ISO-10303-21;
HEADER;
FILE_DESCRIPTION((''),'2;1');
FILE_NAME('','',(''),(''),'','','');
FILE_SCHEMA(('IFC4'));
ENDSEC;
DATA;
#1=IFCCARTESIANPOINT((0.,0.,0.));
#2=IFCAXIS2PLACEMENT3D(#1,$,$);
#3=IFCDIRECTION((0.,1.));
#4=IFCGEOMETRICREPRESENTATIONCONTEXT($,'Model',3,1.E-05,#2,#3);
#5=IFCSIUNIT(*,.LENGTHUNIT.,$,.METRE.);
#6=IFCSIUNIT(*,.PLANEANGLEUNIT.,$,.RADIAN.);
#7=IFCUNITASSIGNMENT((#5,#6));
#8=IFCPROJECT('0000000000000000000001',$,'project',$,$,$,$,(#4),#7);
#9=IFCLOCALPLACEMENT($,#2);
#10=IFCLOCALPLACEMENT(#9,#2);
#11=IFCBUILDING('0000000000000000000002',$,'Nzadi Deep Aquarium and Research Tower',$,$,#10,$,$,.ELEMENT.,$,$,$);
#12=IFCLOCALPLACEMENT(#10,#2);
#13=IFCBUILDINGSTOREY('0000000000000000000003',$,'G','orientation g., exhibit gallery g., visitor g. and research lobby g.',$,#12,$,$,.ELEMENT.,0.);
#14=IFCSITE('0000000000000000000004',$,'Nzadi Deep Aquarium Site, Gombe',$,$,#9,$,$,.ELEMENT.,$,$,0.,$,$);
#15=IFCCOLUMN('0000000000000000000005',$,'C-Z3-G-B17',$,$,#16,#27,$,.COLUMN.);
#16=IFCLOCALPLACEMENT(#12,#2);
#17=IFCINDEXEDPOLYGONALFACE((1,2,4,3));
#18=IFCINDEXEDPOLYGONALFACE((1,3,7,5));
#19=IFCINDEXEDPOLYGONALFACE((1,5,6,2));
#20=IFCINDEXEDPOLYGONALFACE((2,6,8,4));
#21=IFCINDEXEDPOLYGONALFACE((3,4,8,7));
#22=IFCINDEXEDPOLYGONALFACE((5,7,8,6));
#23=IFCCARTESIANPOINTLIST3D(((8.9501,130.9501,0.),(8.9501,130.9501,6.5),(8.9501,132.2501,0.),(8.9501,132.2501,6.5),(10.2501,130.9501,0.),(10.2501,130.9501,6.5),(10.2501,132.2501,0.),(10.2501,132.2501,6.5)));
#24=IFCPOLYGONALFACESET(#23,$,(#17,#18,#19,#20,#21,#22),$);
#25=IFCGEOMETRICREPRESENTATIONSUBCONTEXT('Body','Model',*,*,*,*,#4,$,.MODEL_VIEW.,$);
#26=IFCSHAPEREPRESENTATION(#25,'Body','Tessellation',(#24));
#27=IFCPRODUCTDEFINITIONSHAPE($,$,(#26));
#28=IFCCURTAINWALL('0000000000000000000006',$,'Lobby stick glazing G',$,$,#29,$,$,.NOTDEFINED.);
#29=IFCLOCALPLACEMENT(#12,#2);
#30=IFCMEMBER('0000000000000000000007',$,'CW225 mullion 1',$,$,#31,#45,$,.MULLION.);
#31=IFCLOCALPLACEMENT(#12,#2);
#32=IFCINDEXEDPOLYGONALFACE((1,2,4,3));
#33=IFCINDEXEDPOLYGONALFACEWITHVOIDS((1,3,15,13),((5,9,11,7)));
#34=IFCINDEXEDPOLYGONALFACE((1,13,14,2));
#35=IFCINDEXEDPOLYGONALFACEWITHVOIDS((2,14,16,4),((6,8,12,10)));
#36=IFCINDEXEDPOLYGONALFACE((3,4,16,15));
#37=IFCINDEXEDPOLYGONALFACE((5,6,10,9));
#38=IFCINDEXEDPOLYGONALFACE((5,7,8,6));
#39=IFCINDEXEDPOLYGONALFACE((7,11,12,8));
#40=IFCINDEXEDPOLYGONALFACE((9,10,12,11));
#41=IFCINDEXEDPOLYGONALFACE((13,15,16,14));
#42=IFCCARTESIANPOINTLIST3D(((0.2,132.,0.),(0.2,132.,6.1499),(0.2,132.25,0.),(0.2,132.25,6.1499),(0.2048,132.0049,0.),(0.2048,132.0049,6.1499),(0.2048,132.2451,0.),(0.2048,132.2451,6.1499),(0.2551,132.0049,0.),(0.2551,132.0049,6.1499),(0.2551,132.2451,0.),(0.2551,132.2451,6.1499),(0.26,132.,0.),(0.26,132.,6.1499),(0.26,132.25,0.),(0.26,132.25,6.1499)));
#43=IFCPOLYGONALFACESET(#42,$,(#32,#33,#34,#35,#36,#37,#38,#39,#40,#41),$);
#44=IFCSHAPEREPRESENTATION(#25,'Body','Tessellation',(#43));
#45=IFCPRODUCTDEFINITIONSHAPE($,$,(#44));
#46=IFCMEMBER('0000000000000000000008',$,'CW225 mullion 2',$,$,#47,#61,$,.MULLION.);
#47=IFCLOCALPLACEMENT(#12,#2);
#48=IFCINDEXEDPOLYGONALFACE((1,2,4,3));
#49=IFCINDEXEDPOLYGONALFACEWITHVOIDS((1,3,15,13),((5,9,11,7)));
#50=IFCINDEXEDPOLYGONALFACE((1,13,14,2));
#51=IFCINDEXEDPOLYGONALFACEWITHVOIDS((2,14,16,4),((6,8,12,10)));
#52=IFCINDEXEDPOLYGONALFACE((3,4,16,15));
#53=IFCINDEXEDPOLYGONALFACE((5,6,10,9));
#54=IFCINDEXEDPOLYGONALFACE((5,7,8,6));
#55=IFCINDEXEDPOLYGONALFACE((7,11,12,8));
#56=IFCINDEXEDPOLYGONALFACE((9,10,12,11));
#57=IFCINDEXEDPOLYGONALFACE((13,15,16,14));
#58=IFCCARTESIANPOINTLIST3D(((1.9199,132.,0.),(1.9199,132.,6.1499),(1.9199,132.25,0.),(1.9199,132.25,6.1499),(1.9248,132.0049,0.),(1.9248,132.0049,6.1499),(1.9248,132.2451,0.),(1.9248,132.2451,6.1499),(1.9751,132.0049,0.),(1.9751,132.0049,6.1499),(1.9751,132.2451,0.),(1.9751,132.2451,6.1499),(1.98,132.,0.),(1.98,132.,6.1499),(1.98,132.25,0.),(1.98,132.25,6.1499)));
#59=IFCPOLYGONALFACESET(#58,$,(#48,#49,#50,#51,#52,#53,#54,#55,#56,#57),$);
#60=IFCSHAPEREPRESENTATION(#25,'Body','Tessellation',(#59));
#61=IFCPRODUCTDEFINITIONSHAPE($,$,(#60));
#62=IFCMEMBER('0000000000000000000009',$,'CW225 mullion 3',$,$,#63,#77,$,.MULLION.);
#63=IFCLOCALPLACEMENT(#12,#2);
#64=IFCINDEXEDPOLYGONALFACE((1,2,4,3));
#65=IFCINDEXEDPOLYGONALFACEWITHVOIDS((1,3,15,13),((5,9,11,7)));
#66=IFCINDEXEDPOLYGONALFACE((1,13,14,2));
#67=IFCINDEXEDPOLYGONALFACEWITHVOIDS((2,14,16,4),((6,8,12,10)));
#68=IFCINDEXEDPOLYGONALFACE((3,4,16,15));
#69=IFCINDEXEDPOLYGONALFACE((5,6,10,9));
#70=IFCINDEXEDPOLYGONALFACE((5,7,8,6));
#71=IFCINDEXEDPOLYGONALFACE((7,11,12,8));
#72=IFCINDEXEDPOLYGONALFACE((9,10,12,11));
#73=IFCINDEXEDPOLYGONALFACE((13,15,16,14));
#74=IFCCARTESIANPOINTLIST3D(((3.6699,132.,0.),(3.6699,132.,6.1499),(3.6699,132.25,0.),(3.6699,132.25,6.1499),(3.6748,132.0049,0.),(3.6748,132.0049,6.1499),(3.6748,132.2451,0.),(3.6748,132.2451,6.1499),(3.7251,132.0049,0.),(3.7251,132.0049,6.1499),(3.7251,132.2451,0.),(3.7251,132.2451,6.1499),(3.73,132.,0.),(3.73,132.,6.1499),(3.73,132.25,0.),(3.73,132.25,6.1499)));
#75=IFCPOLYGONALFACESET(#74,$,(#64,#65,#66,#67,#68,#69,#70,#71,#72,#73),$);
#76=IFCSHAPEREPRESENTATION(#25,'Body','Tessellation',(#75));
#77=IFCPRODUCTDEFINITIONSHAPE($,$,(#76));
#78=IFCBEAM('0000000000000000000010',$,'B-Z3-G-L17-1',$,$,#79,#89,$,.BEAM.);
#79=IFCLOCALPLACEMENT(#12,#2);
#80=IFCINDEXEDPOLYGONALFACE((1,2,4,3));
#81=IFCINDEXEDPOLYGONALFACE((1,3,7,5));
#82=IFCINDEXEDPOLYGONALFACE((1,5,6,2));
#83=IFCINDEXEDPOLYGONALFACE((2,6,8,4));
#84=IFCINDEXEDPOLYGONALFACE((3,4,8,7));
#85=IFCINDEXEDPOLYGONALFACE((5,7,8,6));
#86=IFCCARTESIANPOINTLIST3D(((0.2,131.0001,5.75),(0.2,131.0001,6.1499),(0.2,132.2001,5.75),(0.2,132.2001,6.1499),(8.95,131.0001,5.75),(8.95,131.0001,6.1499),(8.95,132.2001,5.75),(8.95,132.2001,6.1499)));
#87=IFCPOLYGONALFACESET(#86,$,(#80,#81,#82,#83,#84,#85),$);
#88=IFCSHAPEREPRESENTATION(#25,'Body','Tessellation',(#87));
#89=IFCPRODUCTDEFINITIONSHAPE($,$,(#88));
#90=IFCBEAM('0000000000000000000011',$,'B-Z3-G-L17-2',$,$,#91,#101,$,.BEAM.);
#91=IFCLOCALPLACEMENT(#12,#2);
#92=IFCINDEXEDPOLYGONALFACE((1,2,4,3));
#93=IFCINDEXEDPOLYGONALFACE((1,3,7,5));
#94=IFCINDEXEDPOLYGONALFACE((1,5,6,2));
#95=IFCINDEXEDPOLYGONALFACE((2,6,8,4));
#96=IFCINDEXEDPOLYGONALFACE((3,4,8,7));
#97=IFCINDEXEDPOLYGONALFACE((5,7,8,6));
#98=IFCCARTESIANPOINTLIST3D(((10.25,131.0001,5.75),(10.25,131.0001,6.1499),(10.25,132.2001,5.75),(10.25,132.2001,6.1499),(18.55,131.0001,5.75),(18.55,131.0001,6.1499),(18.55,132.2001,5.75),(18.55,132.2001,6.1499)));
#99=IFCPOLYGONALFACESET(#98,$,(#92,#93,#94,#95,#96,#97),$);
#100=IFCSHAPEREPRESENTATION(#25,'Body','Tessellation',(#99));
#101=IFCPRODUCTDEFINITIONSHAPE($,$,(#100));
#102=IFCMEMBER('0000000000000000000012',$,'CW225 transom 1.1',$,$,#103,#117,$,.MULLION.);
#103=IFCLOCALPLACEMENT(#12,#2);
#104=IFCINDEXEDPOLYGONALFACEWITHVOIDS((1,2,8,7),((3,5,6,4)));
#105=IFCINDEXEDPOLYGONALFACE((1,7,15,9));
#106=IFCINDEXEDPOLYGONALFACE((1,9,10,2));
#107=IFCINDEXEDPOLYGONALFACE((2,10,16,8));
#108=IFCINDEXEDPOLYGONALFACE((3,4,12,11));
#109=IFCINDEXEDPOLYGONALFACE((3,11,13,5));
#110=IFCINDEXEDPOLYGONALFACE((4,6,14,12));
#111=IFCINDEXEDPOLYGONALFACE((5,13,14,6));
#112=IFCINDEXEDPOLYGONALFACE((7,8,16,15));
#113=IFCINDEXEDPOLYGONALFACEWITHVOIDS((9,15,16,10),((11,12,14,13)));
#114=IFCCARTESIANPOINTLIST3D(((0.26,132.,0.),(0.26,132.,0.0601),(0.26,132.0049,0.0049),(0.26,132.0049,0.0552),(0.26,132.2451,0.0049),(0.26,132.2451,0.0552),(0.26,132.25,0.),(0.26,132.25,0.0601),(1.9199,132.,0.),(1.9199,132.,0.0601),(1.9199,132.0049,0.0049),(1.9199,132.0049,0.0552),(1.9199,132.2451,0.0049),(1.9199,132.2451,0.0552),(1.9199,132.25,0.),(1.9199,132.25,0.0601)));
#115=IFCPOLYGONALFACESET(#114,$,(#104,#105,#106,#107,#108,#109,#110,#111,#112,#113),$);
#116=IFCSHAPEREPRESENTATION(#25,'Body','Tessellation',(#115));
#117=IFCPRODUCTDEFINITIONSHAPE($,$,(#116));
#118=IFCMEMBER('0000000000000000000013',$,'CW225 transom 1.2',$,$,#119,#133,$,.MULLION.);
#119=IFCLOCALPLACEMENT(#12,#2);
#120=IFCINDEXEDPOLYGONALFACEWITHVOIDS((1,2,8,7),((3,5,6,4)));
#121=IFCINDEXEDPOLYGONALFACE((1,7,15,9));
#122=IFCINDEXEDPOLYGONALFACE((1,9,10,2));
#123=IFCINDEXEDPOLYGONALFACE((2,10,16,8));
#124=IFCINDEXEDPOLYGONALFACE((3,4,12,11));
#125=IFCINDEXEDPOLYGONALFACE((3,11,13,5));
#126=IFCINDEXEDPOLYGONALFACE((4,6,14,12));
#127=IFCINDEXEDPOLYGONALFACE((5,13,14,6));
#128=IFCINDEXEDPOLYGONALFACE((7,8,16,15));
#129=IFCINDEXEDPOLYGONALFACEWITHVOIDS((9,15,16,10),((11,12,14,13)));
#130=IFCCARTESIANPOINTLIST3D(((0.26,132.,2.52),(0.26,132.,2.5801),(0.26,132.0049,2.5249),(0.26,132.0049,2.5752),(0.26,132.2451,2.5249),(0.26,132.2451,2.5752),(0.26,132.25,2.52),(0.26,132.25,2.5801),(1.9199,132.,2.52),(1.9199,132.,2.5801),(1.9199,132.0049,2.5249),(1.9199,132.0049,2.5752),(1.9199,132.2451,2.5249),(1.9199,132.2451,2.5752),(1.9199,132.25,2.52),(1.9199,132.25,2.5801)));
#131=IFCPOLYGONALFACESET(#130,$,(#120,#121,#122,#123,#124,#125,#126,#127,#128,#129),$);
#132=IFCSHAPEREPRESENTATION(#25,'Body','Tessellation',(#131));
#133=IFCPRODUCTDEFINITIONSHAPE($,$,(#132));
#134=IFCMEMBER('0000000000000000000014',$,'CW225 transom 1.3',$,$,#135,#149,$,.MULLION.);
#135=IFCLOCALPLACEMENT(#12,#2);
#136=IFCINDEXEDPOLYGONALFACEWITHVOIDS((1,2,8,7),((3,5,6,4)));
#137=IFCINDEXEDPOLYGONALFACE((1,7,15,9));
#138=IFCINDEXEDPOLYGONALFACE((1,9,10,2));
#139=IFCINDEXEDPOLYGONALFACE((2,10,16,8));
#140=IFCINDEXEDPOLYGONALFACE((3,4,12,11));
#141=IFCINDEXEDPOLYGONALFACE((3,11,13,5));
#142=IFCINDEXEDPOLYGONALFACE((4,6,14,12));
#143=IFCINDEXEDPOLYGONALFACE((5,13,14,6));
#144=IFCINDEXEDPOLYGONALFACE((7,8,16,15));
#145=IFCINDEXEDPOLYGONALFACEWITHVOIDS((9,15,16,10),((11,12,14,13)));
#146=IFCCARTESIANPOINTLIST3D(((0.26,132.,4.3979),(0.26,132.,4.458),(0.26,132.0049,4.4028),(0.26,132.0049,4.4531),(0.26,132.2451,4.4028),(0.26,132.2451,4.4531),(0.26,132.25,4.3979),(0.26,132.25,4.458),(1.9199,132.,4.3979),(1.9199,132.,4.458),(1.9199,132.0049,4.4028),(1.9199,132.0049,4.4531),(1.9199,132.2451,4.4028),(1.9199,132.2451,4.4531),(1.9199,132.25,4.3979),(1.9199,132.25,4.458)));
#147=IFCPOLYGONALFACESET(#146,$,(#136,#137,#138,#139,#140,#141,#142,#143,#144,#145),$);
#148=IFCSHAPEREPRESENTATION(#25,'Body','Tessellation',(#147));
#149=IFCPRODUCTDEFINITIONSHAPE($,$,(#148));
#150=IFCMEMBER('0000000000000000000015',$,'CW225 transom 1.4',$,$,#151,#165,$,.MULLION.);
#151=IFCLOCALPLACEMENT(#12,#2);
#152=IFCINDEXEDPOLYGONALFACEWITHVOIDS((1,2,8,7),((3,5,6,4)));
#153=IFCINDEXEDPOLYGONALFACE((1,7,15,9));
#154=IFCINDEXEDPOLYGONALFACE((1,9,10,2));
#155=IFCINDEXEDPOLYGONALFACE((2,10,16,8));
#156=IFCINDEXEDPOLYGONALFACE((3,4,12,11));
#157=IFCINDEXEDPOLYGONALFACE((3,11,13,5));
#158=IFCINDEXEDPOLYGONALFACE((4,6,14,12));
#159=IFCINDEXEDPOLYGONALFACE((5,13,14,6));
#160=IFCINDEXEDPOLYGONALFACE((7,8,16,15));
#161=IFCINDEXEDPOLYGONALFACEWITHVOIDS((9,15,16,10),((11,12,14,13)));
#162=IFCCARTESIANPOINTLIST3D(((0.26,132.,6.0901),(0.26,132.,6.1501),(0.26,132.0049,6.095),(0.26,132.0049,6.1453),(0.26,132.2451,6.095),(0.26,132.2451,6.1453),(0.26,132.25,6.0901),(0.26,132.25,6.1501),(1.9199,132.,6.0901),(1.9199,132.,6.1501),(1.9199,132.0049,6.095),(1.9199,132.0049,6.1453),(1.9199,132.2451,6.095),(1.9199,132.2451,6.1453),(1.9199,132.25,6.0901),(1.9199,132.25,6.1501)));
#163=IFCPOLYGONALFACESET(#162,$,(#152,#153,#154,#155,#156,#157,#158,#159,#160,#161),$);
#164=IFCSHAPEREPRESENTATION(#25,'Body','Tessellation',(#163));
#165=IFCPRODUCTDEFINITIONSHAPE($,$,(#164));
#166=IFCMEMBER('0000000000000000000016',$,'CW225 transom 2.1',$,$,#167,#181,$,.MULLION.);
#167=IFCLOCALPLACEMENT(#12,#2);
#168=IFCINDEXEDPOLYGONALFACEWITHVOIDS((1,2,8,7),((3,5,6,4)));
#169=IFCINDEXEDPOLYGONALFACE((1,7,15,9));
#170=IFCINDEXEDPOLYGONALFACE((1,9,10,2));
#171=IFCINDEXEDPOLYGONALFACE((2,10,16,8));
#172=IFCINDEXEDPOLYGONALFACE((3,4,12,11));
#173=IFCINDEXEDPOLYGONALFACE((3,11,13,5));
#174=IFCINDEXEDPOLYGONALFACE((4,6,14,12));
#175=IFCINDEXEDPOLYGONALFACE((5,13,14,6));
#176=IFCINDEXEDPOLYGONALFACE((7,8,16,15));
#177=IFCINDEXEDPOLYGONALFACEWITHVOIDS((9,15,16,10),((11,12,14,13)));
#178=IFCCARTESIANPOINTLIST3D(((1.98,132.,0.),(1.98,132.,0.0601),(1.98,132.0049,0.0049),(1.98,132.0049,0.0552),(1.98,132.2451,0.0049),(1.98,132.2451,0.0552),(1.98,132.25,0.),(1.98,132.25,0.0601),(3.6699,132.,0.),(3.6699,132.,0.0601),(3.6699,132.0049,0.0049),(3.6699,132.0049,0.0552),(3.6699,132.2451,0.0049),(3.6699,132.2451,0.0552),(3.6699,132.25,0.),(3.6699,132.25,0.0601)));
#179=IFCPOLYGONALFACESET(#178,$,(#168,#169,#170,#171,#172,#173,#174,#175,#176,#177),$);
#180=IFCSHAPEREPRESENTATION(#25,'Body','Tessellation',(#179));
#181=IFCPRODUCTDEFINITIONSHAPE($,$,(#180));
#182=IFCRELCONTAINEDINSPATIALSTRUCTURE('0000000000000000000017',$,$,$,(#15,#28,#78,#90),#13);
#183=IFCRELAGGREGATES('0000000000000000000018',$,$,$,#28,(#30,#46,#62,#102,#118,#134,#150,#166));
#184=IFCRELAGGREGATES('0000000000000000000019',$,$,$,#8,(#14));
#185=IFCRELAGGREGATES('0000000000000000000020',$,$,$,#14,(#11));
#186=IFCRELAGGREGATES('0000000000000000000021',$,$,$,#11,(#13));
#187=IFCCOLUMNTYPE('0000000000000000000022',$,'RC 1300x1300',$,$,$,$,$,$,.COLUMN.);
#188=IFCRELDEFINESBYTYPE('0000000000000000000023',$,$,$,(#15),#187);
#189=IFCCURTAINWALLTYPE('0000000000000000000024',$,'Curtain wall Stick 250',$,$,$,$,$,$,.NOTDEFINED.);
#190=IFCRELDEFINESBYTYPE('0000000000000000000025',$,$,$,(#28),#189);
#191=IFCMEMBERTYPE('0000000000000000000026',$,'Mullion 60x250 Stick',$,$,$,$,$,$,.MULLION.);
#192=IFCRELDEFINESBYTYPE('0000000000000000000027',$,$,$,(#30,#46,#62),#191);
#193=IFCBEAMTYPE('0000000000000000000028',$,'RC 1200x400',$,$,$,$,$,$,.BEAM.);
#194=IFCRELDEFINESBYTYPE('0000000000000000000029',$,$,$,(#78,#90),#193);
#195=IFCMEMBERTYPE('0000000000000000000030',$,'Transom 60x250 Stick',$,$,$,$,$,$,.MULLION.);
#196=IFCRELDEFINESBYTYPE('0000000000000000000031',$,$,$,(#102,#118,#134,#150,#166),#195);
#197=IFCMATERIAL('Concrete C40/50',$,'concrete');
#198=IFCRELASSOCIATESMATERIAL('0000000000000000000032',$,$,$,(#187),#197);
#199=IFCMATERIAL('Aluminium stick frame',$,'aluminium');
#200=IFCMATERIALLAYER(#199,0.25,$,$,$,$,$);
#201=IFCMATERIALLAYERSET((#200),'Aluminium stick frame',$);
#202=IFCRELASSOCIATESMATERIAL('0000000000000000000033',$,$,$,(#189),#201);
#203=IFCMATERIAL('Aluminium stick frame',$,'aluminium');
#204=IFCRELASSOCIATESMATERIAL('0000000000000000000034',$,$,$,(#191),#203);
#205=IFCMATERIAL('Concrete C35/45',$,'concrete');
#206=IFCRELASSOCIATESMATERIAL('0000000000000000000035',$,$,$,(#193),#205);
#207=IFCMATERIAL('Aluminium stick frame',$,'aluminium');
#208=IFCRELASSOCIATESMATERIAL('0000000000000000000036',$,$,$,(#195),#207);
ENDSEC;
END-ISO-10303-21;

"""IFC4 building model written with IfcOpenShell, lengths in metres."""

from ifc_helpers import new_model, si_unit, direction, frame, origin, origin_2d, place, context, subcontext, project, spatial, rectangle, hollow_rectangle, extrude, material, layer, layer_set, material_profile, profile_set, type_object, element, aggregate, save


model = new_model("IFC4")

# Units and contexts
model_context = context("Model", 3, precision=1e-05, world=origin(), true_north=direction((0.0, 1.0)))
body_context = subcontext(model_context, "Body", "Model", "MODEL_VIEW")
ifc_project = project(units=[si_unit("LENGTHUNIT", "METRE"), si_unit("PLANEANGLEUNIT", "RADIAN")], contexts=[model_context])

# Site, building, storey
site_placement = place(None, origin())
site = spatial("IfcSite", under=ifc_project, at=site_placement, Name="Nzadi Deep Aquarium Site, Gombe", CompositionType="ELEMENT", RefElevation=0.0)
building_placement = place(site_placement, origin())
building = spatial("IfcBuilding", under=site, at=building_placement, Name="Nzadi Deep Aquarium and Research Tower", CompositionType="ELEMENT")
storey_placement = place(building_placement, origin())
storey = spatial("IfcBuildingStorey", under=building, at=storey_placement, Name="G", Description="orientation g., exhibit gallery g., visitor g. and research lobby g.", CompositionType="ELEMENT", Elevation=0.0)

# Column
ifc_material_1 = material(Name="Concrete C40/50", Category="concrete")
ifc_material_profile_1 = material_profile(ifc_material_1, rectangle(XDim=1.3, YDim=1.3, at=origin_2d()))
ifc_profile_set_1 = profile_set([ifc_material_profile_1], Name="Concrete C40/50")
column_type = type_object("IfcColumnType", Name="RC 1300x1300", PredefinedType="COLUMN", material=ifc_profile_set_1)
column_placement = place(storey_placement, frame((9.6001, 131.6001, 0.0), z_axis=(0.0, 0.0, 1.0), x_axis=(1.0, 0.0, 0.0)))
element("IfcColumn", 1, at=column_placement, inside=storey, type_object=column_type, Name="C-Z3-G-B17", PredefinedType="COLUMN", context=body_context, shape_type="SweptSolid", body=[
    extrude(rectangle(XDim=1.3, YDim=1.3, at=origin_2d()), origin(), (0.0, 0.0, 1.0), 6.5),
])

# Curtain wall, members
ifc_material_2 = material(Name="Aluminium stick frame", Category="aluminium")
ifc_layer_1 = layer(ifc_material_2, 0.25)
ifc_layer_set_1 = layer_set([ifc_layer_1], Name="Aluminium stick frame")
curtain_wall_type = type_object("IfcCurtainWallType", Name="Curtain wall Stick 250", PredefinedType="NOTDEFINED", material=ifc_layer_set_1)
curtain_wall_placement = place(storey_placement, origin())
curtain_wall = element("IfcCurtainWall", 2, at=curtain_wall_placement, inside=storey, type_object=curtain_wall_type, Name="Lobby stick glazing G", PredefinedType="NOTDEFINED")
ifc_material_3 = material(Name="Aluminium stick frame", Category="aluminium")
ifc_material_profile_2 = material_profile(ifc_material_3, hollow_rectangle(XDim=0.25, YDim=0.0601, WallThickness=0.0049, at=origin_2d()))
ifc_profile_set_2 = profile_set([ifc_material_profile_2], Name="Aluminium stick frame")
member_type_1 = type_object("IfcMemberType", Name="Mullion 60x250 Stick", PredefinedType="MULLION", material=ifc_profile_set_2)
member_1_placement = place(storey_placement, frame((0.23, 132.125, 0.0), z_axis=(0.0, 0.0, 1.0), x_axis=(0.0, 1.0, 0.0)))
member_1 = element("IfcMember", 3, at=member_1_placement, type_object=member_type_1, Name="CW225 mullion 1", PredefinedType="MULLION", context=body_context, shape_type="SweptSolid", body=[
    extrude(hollow_rectangle(XDim=0.25, YDim=0.0601, WallThickness=0.0049, at=origin_2d()), origin(), (0.0, 0.0, 1.0), 6.1499),
])
member_2_placement = place(storey_placement, frame((1.95, 132.125, 0.0), z_axis=(0.0, 0.0, 1.0), x_axis=(0.0, 1.0, 0.0)))
member_2 = element("IfcMember", 4, at=member_2_placement, type_object=member_type_1, Name="CW225 mullion 2", PredefinedType="MULLION", context=body_context, shape_type="SweptSolid", body=[
    extrude(hollow_rectangle(XDim=0.25, YDim=0.0601, WallThickness=0.0049, at=origin_2d()), origin(), (0.0, 0.0, 1.0), 6.1499),
])
member_3_placement = place(storey_placement, frame((3.7, 132.125, 0.0), z_axis=(0.0, 0.0, 1.0), x_axis=(0.0, 1.0, 0.0)))
member_3 = element("IfcMember", 5, at=member_3_placement, type_object=member_type_1, Name="CW225 mullion 3", PredefinedType="MULLION", context=body_context, shape_type="SweptSolid", body=[
    extrude(hollow_rectangle(XDim=0.25, YDim=0.0601, WallThickness=0.0049, at=origin_2d()), origin(), (0.0, 0.0, 1.0), 6.1499),
])

# Beams
ifc_material_4 = material(Name="Concrete C35/45", Category="concrete")
ifc_material_profile_3 = material_profile(ifc_material_4, rectangle(XDim=1.2, YDim=0.3999, at=origin_2d()))
ifc_profile_set_3 = profile_set([ifc_material_profile_3], Name="Concrete C35/45")
beam_type = type_object("IfcBeamType", Name="RC 1200x400", PredefinedType="BEAM", material=ifc_profile_set_3)
beam_1_placement = place(storey_placement, frame((0.2, 131.6001, 5.95), z_axis=(1.0, 0.0, 0.0), x_axis=(0.0, 1.0, 0.0)))
element("IfcBeam", 6, at=beam_1_placement, inside=storey, type_object=beam_type, Name="B-Z3-G-L17-1", PredefinedType="BEAM", context=body_context, shape_type="SweptSolid", body=[
    extrude(rectangle(XDim=1.2, YDim=0.3999, at=origin_2d()), origin(), (0.0, 0.0, 1.0), 8.75),
])
beam_2_placement = place(storey_placement, frame((10.25, 131.6001, 5.95), z_axis=(1.0, 0.0, 0.0), x_axis=(0.0, 1.0, 0.0)))
element("IfcBeam", 7, at=beam_2_placement, inside=storey, type_object=beam_type, Name="B-Z3-G-L17-2", PredefinedType="BEAM", context=body_context, shape_type="SweptSolid", body=[
    extrude(rectangle(XDim=1.2, YDim=0.3999, at=origin_2d()), origin(), (0.0, 0.0, 1.0), 8.3),
])

# Members
ifc_material_5 = material(Name="Aluminium stick frame", Category="aluminium")
ifc_material_profile_4 = material_profile(ifc_material_5, hollow_rectangle(XDim=0.25, YDim=0.0601, WallThickness=0.0049, at=origin_2d()))
ifc_profile_set_4 = profile_set([ifc_material_profile_4], Name="Aluminium stick frame")
member_type_2 = type_object("IfcMemberType", Name="Transom 60x250 Stick", PredefinedType="MULLION", material=ifc_profile_set_4)
member_4_placement = place(storey_placement, frame((0.26, 132.125, 0.03), z_axis=(1.0, 0.0, 0.0), x_axis=(0.0, 1.0, 0.0)))
member_4 = element("IfcMember", 8, at=member_4_placement, type_object=member_type_2, Name="CW225 transom 1.1", PredefinedType="MULLION", context=body_context, shape_type="SweptSolid", body=[
    extrude(hollow_rectangle(XDim=0.25, YDim=0.0601, WallThickness=0.0049, at=origin_2d()), origin(), (0.0, 0.0, 1.0), 1.6599),
])
member_5_placement = place(storey_placement, frame((0.26, 132.125, 2.55), z_axis=(1.0, 0.0, 0.0), x_axis=(0.0, 1.0, 0.0)))
member_5 = element("IfcMember", 9, at=member_5_placement, type_object=member_type_2, Name="CW225 transom 1.2", PredefinedType="MULLION", context=body_context, shape_type="SweptSolid", body=[
    extrude(hollow_rectangle(XDim=0.25, YDim=0.0601, WallThickness=0.0049, at=origin_2d()), origin(), (0.0, 0.0, 1.0), 1.6599),
])
member_6_placement = place(storey_placement, frame((0.26, 132.125, 4.428), z_axis=(1.0, 0.0, 0.0), x_axis=(0.0, 1.0, 0.0)))
member_6 = element("IfcMember", 10, at=member_6_placement, type_object=member_type_2, Name="CW225 transom 1.3", PredefinedType="MULLION", context=body_context, shape_type="SweptSolid", body=[
    extrude(hollow_rectangle(XDim=0.25, YDim=0.0601, WallThickness=0.0049, at=origin_2d()), origin(), (0.0, 0.0, 1.0), 1.6599),
])
member_7_placement = place(storey_placement, frame((0.26, 132.125, 6.1201), z_axis=(1.0, 0.0, 0.0), x_axis=(0.0, 1.0, 0.0)))
member_7 = element("IfcMember", 11, at=member_7_placement, type_object=member_type_2, Name="CW225 transom 1.4", PredefinedType="MULLION", context=body_context, shape_type="SweptSolid", body=[
    extrude(hollow_rectangle(XDim=0.25, YDim=0.0601, WallThickness=0.0049, at=origin_2d()), origin(), (0.0, 0.0, 1.0), 1.6599),
])
member_8_placement = place(storey_placement, frame((1.98, 132.125, 0.03), z_axis=(1.0, 0.0, 0.0), x_axis=(0.0, 1.0, 0.0)))
member_8 = element("IfcMember", 12, at=member_8_placement, type_object=member_type_2, Name="CW225 transom 2.1", PredefinedType="MULLION", context=body_context, shape_type="SweptSolid", body=[
    extrude(hollow_rectangle(XDim=0.25, YDim=0.0601, WallThickness=0.0049, at=origin_2d()), origin(), (0.0, 0.0, 1.0), 1.6899),
])

aggregate(curtain_wall, [member_1, member_2, member_3, member_4, member_5, member_6, member_7, member_8])

save(model, "model.ifc")
